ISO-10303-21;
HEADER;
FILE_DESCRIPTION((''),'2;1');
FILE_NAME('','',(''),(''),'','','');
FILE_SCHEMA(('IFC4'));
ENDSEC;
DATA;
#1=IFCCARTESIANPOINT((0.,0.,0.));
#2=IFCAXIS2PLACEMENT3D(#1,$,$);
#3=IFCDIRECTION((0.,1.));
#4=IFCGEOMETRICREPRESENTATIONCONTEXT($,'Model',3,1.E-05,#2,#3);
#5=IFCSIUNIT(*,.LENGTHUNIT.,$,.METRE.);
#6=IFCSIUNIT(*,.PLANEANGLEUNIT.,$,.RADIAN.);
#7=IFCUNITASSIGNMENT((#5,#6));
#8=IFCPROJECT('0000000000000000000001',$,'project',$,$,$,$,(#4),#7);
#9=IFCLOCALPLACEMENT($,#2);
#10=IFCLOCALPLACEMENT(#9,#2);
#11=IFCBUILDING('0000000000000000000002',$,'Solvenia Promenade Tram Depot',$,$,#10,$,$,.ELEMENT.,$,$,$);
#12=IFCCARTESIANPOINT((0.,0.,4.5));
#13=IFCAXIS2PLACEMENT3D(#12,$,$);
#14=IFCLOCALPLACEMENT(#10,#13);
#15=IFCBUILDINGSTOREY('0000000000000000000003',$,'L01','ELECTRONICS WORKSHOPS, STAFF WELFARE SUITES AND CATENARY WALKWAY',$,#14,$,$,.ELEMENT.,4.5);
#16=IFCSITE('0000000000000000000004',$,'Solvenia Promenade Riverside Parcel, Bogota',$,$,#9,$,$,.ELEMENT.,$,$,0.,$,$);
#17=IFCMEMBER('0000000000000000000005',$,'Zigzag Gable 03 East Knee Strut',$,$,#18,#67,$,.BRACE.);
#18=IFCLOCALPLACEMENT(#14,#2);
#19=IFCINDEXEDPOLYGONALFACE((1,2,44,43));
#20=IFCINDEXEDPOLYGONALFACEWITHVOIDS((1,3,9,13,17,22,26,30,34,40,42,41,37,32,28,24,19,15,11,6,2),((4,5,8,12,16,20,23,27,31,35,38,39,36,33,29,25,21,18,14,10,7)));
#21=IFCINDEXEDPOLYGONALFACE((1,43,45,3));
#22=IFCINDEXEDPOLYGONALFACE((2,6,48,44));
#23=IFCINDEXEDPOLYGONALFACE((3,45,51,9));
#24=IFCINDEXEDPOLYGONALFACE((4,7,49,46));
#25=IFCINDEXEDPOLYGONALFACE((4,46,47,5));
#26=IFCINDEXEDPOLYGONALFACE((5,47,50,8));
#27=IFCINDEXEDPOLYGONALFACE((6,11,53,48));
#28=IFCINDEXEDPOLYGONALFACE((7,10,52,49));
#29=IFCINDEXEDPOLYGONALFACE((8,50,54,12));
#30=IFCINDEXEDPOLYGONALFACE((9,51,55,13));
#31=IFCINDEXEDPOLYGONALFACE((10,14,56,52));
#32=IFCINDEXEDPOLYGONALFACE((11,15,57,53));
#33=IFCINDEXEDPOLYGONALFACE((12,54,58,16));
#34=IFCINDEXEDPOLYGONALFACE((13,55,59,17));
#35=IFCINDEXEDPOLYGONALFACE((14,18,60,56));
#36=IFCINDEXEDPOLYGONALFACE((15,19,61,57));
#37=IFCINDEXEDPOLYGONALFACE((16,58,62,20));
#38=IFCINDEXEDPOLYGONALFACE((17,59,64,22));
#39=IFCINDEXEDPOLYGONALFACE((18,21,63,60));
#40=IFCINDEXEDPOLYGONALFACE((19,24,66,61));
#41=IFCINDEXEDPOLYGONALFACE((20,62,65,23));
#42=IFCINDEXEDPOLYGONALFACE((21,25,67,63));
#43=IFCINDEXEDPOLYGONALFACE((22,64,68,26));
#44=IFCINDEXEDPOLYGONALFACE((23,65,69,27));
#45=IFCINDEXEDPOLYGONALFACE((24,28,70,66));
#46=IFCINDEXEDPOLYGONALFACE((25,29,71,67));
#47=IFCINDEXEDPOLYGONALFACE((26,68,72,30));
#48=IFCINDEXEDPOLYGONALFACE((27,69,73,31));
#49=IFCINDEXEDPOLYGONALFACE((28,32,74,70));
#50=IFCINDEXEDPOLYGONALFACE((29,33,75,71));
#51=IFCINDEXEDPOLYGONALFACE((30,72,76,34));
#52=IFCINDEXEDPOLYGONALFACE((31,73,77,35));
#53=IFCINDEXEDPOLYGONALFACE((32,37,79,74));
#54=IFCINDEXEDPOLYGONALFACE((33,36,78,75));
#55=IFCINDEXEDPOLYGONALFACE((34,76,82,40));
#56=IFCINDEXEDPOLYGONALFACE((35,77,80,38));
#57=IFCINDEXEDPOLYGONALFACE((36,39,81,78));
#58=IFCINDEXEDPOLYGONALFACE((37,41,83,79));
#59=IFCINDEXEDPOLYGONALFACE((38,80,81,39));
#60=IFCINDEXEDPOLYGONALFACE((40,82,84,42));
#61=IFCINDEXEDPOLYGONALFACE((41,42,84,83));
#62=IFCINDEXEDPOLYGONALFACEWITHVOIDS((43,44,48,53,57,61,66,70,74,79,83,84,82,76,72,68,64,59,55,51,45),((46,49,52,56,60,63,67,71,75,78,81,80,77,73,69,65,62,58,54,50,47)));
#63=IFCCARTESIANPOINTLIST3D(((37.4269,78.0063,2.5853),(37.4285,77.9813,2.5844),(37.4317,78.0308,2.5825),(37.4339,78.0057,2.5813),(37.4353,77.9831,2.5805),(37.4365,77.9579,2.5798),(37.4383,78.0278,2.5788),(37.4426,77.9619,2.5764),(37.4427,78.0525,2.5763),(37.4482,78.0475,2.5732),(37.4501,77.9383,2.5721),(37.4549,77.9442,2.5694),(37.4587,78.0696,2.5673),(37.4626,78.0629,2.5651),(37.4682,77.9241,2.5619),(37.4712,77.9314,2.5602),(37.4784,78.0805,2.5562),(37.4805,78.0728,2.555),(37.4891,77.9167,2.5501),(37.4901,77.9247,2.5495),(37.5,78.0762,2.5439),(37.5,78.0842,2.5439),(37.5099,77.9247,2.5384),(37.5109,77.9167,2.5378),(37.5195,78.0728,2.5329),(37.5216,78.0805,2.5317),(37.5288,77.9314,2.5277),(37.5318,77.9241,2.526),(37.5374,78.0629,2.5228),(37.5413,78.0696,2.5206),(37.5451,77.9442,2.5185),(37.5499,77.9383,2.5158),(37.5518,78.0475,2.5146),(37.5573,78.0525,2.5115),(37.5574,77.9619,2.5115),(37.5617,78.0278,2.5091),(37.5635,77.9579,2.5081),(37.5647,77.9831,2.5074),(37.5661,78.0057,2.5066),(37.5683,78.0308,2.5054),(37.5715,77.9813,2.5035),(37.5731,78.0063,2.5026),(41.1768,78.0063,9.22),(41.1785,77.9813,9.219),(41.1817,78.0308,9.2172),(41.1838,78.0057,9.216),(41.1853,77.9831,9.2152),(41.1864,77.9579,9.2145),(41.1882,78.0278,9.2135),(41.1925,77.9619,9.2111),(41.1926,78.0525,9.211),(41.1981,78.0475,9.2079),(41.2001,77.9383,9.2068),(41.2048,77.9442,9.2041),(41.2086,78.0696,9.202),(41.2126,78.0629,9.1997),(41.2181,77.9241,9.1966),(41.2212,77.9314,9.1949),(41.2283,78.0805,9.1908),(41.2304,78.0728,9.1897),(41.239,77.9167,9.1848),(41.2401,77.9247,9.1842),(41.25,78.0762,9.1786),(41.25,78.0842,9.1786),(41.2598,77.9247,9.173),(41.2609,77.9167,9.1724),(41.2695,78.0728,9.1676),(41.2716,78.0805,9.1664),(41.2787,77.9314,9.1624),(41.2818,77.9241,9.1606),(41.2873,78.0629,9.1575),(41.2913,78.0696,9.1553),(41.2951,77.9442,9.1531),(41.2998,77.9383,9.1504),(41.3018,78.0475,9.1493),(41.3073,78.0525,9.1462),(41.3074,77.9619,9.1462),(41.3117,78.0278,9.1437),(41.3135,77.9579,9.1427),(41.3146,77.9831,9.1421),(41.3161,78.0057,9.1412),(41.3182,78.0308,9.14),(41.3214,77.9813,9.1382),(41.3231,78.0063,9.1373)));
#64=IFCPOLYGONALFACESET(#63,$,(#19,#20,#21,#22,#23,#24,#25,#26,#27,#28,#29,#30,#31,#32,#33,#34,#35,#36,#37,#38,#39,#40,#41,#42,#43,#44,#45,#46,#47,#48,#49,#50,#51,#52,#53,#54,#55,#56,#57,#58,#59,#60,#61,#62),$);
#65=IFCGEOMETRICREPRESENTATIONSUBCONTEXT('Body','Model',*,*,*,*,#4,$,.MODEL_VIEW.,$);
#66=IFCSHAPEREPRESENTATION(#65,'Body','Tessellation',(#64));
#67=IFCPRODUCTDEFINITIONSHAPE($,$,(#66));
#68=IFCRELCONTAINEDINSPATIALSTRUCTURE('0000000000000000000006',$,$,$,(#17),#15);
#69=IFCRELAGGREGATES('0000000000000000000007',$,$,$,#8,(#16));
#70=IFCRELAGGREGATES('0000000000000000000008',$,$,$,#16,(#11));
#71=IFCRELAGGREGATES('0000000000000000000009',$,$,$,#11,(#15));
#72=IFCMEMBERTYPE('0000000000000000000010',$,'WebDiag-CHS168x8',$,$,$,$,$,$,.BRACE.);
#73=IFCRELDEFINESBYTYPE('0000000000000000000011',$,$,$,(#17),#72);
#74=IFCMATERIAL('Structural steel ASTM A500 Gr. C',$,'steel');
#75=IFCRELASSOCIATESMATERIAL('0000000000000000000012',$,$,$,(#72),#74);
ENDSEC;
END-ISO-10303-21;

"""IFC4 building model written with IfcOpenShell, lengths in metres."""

from ifc_helpers import new_model, si_unit, direction, frame, origin, origin_2d, place, context, subcontext, project, spatial, hollow_circle, extrude, material, material_profile, profile_set, type_object, element, save


model = new_model("IFC4")

# Units and contexts
model_context = context("Model", 3, precision=1e-05, world=origin(), true_north=direction((0.0, 1.0)))
body_context = subcontext(model_context, "Body", "Model", "MODEL_VIEW")
ifc_project = project(units=[si_unit("LENGTHUNIT", "METRE"), si_unit("PLANEANGLEUNIT", "RADIAN")], contexts=[model_context])

# Site, building, storey
site_placement = place(None, origin())
site = spatial("IfcSite", under=ifc_project, at=site_placement, Name="Solvenia Promenade Riverside Parcel, Bogota", CompositionType="ELEMENT", RefElevation=0.0)
building_placement = place(site_placement, origin())
building = spatial("IfcBuilding", under=site, at=building_placement, Name="Solvenia Promenade Tram Depot", CompositionType="ELEMENT")
storey_placement = place(building_placement, frame((0.0, 0.0, 4.5)))
storey = spatial("IfcBuildingStorey", under=building, at=storey_placement, Name="L01", Description="ELECTRONICS WORKSHOPS, STAFF WELFARE SUITES AND CATENARY WALKWAY", CompositionType="ELEMENT", Elevation=4.5)

# Shared definitions
ifc_material_1 = material(Name="Structural steel ASTM A500 Gr. C", Category="steel")

# Member
ifc_material_profile_1 = material_profile(ifc_material_1, hollow_circle(Radius=0.0842, WallThickness=0.0081, at=origin_2d()), Name="CHS168.3x8", Category="steel")
ifc_profile_set_1 = profile_set([ifc_material_profile_1], Name="Structural steel ASTM A500 Gr. C")
member_type_1 = type_object("IfcMemberType", Name="WebDiag-CHS168x8", PredefinedType="BRACE", material=ifc_profile_set_1)
for number, where, z_axis, x_axis, name in (
    (1, (37.5, 78.0, 2.5439), (0.492049, 0.0, 0.870568), (0.0, 1.0, 0.0), "Zigzag Gable 03 East Knee Strut"),
):
    element("IfcMember", number, at=place(storey_placement, frame(where, z_axis=z_axis, x_axis=x_axis)), inside=storey, type_object=member_type_1, Name=name, PredefinedType="BRACE", context=body_context, shape_type="SweptSolid", body=[
        extrude(hollow_circle(Radius=0.0842, WallThickness=0.0081, at=origin_2d()), origin(), (0.0, 0.0, 1.0), 7.6211),
    ])

save(model, "model.ifc")
